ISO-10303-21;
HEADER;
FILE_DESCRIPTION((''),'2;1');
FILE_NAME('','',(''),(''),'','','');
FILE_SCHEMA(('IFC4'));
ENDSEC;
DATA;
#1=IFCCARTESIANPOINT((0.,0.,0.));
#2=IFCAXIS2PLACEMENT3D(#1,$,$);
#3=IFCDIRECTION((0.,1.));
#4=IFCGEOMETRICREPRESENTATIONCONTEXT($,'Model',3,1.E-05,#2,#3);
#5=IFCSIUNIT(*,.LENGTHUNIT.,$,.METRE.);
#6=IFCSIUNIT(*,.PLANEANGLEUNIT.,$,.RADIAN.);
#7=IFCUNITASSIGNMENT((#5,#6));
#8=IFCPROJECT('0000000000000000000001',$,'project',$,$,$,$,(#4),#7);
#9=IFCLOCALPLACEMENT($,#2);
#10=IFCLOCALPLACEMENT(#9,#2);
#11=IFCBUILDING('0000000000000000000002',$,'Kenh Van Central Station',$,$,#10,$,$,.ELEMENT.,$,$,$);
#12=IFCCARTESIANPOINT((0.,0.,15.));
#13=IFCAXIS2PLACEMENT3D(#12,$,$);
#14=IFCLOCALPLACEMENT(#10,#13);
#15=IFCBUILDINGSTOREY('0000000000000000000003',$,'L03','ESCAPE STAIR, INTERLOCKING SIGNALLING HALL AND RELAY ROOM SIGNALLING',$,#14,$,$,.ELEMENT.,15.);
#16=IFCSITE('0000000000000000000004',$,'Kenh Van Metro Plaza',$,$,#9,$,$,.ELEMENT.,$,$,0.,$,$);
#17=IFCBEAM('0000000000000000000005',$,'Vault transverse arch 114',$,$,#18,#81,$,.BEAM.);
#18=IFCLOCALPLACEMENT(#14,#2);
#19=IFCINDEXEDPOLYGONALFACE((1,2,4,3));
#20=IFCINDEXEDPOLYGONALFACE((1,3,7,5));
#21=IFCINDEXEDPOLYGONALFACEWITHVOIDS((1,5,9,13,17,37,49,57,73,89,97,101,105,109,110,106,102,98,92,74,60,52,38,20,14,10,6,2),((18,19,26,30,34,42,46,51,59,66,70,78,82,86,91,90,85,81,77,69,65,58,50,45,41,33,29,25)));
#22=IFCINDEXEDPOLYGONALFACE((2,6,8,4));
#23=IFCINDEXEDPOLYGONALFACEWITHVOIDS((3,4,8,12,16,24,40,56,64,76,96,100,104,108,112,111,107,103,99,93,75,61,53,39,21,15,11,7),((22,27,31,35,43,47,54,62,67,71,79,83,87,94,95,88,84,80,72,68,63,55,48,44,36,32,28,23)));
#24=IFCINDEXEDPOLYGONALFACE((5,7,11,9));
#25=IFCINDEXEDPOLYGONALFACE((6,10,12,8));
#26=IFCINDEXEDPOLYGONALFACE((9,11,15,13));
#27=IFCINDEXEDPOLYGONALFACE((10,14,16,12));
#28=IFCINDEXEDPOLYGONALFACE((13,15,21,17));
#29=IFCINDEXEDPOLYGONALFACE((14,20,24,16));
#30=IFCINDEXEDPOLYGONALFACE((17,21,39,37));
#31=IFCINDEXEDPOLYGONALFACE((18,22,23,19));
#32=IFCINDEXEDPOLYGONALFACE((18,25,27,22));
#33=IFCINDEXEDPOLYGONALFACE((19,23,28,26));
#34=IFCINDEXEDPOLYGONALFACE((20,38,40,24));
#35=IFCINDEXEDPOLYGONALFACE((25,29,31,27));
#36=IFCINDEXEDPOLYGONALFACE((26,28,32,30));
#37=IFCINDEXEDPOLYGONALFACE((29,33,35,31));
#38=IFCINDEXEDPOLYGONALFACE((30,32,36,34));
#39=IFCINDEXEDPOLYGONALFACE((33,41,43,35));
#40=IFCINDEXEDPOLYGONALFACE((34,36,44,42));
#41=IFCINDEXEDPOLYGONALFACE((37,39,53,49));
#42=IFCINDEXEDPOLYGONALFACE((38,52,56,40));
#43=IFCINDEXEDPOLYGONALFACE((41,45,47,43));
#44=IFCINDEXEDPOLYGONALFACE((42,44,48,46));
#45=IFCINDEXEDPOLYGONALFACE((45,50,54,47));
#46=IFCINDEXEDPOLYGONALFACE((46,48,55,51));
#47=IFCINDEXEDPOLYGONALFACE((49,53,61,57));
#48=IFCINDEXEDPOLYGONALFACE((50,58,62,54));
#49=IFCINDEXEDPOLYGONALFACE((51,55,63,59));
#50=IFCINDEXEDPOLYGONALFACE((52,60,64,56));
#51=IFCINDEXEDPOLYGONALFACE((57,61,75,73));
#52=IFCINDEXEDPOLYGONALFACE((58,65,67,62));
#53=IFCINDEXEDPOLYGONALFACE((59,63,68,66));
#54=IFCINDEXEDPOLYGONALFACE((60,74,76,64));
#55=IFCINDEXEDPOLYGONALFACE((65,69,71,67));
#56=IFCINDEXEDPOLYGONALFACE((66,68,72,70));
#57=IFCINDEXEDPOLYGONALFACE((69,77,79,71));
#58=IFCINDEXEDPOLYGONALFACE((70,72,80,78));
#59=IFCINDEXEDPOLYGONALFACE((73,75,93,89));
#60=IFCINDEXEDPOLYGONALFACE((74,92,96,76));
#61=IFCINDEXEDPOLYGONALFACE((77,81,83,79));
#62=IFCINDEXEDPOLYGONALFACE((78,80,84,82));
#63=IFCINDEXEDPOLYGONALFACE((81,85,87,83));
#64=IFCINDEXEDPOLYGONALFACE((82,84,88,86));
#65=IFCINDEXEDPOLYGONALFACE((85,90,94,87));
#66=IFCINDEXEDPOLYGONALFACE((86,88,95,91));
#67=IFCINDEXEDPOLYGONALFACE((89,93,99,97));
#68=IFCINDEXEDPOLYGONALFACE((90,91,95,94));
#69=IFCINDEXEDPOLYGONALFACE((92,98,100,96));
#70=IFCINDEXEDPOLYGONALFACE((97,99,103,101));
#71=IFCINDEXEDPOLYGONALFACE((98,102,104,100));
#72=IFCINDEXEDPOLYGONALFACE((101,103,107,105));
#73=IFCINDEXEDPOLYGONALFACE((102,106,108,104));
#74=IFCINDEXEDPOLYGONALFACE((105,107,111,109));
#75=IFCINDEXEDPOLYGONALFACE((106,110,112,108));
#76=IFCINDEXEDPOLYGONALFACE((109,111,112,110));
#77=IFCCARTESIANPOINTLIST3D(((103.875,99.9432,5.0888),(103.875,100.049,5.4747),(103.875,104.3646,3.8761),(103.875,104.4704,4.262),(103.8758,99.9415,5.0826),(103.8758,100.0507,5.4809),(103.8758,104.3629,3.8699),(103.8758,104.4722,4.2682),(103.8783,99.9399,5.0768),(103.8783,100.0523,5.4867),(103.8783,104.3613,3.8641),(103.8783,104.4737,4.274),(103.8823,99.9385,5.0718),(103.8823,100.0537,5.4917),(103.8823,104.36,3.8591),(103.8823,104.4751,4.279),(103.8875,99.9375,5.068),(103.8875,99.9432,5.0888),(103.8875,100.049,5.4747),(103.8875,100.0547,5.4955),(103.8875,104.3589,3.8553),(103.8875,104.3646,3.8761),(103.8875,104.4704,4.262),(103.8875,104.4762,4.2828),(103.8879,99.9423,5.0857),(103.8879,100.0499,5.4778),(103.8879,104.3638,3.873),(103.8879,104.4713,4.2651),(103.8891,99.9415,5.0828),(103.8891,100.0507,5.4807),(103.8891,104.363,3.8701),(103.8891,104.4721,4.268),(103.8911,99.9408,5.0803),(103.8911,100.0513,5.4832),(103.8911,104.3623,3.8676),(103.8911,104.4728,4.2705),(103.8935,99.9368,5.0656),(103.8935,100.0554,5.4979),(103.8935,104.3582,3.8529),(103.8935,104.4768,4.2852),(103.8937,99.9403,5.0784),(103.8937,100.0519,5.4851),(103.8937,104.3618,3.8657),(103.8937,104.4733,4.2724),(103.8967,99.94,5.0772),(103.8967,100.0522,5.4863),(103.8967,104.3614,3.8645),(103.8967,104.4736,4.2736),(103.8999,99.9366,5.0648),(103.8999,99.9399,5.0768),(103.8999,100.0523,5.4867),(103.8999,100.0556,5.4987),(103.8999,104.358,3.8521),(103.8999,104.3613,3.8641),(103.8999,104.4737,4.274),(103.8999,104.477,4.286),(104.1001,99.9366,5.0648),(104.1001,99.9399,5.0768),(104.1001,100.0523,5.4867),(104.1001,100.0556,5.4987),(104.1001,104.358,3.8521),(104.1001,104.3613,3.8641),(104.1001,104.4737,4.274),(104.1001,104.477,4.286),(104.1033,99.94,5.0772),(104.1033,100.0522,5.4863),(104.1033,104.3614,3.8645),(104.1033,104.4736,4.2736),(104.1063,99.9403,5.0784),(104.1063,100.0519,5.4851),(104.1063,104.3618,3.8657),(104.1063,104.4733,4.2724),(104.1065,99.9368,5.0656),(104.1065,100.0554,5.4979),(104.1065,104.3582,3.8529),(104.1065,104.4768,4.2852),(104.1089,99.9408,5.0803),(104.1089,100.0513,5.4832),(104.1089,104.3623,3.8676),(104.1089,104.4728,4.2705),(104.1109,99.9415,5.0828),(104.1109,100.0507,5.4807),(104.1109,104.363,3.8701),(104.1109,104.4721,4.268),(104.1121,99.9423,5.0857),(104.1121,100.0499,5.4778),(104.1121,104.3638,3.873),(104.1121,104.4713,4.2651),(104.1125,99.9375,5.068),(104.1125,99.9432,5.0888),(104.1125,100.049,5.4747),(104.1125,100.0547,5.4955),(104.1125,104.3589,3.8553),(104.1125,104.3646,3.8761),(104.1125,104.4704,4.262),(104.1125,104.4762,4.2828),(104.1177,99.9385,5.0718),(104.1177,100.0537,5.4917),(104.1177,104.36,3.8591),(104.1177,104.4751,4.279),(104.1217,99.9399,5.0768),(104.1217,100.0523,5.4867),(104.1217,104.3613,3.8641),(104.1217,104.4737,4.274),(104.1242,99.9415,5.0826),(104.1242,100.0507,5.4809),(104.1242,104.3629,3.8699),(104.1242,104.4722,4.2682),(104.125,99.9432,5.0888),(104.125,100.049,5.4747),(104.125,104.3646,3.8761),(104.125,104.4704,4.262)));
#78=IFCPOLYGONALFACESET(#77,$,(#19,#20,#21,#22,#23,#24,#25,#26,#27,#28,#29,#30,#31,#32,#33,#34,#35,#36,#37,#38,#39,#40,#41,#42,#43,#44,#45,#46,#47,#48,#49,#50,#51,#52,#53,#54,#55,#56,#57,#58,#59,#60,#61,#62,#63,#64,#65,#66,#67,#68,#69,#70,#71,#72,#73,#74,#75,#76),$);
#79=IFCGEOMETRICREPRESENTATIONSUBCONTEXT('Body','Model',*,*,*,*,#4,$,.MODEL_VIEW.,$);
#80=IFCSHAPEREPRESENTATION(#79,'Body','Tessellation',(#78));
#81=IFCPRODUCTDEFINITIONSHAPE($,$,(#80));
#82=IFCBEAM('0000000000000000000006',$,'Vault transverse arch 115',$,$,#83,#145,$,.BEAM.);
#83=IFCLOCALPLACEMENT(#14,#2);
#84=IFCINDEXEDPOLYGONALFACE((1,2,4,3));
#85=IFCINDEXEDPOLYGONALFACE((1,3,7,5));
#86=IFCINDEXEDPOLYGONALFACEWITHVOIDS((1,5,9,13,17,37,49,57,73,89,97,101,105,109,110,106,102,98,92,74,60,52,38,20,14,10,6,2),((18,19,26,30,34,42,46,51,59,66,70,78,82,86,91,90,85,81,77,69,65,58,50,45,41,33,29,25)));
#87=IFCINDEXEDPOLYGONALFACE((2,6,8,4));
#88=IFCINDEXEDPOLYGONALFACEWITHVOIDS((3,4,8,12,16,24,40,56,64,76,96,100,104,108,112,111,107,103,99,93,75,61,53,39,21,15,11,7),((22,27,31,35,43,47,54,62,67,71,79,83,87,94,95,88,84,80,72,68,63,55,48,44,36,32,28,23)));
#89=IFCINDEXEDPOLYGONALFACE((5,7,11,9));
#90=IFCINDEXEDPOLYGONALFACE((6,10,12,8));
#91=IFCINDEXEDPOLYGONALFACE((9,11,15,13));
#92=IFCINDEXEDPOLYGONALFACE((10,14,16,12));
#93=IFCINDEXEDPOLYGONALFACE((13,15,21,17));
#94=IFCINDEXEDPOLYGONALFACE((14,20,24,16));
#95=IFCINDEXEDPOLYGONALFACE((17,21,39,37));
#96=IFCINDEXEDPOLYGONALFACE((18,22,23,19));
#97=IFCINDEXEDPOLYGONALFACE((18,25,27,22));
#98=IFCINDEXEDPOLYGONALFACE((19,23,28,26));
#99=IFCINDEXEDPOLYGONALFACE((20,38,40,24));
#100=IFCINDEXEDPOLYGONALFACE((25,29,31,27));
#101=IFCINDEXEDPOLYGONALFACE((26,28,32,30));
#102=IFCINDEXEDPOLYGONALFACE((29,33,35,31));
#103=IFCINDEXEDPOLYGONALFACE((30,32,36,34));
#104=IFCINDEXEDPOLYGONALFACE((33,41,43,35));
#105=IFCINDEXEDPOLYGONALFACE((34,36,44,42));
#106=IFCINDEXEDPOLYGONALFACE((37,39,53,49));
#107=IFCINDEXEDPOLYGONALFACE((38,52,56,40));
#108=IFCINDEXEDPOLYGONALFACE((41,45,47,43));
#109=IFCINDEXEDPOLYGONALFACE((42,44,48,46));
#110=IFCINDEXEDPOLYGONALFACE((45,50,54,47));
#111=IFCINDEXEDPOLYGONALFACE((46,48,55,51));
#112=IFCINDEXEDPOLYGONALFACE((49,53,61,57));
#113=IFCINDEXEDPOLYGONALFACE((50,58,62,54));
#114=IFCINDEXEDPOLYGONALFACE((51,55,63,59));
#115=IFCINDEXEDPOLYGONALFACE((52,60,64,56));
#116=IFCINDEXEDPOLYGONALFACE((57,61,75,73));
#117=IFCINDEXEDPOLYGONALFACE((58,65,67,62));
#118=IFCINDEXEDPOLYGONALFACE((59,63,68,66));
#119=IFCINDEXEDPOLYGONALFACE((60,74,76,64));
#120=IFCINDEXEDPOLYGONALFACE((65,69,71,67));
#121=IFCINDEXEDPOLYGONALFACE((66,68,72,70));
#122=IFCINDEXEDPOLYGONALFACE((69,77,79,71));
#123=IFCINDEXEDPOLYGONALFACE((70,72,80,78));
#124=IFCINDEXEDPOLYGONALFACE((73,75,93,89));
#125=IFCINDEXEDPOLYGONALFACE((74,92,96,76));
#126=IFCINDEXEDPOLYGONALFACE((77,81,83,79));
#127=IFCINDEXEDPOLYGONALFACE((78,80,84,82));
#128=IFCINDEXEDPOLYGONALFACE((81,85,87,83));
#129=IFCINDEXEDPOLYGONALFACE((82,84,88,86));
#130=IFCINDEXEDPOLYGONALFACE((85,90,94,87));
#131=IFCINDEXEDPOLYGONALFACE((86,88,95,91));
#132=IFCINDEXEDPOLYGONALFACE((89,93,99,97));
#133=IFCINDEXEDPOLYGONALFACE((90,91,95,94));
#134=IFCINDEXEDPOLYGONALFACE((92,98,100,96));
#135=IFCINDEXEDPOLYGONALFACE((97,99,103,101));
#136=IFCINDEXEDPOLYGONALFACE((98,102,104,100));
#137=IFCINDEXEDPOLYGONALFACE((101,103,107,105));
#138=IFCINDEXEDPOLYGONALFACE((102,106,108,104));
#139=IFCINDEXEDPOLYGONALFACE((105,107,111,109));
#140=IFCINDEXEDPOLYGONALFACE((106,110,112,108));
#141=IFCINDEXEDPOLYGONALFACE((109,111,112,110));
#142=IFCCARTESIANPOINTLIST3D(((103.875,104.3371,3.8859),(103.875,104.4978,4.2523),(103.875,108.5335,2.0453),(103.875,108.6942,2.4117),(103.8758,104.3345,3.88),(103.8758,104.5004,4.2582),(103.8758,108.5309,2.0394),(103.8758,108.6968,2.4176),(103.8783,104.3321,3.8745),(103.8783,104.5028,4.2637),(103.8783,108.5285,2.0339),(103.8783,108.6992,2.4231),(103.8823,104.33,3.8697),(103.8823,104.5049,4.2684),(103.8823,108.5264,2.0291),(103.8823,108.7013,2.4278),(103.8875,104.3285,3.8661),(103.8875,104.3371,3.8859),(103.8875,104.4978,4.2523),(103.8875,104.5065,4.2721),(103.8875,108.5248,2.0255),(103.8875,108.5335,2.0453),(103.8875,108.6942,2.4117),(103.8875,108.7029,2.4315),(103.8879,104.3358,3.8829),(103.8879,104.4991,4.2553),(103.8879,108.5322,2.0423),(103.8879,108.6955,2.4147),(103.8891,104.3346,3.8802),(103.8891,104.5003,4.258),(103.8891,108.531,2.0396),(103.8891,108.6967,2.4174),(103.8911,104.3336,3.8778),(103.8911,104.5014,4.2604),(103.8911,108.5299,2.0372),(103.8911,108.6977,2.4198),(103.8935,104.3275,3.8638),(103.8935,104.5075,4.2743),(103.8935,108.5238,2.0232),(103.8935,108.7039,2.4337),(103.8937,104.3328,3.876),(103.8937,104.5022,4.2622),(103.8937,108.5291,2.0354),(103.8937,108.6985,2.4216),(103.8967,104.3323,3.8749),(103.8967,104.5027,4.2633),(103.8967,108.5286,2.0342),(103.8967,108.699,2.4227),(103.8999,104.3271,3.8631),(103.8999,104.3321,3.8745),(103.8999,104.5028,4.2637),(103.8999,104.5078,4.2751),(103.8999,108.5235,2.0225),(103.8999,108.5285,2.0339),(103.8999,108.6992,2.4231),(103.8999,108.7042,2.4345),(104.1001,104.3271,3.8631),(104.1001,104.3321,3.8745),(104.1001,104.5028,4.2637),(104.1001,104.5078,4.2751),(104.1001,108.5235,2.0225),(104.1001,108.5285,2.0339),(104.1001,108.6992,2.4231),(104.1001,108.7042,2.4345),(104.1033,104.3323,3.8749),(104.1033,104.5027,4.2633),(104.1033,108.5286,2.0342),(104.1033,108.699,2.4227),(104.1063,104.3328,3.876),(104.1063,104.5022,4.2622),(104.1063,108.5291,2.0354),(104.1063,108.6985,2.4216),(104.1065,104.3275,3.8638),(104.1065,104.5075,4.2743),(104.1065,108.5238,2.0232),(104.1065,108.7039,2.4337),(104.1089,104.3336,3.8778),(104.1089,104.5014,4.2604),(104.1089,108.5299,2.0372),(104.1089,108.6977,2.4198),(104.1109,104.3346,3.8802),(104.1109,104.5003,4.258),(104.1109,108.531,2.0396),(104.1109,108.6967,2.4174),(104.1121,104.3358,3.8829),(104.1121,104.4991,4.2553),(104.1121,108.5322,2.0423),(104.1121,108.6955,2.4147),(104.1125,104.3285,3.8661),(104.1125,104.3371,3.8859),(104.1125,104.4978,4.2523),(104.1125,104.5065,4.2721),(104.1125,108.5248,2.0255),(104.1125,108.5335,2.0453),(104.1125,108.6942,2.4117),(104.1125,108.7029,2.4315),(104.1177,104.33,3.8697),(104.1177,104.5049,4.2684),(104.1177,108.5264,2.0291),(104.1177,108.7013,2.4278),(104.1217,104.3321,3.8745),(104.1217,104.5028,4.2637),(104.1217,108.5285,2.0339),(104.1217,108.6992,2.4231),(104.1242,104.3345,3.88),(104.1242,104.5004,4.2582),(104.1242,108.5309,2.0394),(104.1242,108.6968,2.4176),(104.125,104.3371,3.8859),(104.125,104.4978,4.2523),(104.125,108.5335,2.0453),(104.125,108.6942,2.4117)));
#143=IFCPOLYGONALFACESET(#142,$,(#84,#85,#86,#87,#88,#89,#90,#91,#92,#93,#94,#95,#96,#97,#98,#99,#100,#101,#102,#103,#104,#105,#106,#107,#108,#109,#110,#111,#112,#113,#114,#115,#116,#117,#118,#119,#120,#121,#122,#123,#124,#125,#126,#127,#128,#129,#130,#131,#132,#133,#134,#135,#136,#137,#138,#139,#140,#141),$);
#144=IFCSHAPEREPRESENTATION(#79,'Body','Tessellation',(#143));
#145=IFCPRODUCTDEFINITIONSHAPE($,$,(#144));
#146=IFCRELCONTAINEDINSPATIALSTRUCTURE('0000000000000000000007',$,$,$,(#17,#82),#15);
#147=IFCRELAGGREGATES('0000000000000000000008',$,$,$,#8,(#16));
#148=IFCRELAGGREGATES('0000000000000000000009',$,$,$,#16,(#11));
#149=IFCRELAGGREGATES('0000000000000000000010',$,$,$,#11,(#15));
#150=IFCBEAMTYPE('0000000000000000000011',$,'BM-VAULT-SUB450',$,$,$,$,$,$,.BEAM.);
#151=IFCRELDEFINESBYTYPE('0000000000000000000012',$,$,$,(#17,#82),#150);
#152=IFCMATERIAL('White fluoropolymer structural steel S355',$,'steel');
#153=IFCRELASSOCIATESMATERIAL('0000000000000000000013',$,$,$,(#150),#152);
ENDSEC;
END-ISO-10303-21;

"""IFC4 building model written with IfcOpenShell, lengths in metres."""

from ifc_helpers import new_model, si_unit, direction, frame, origin, origin_2d, place, context, subcontext, project, spatial, hollow_rectangle, extrude, material, material_profile, profile_set, type_object, element, save


model = new_model("IFC4")

# Units and contexts
model_context = context("Model", 3, precision=1e-05, world=origin(), true_north=direction((0.0, 1.0)))
body_context = subcontext(model_context, "Body", "Model", "MODEL_VIEW")
ifc_project = project(units=[si_unit("LENGTHUNIT", "METRE"), si_unit("PLANEANGLEUNIT", "RADIAN")], contexts=[model_context])

# Site, building, storey
site_placement = place(None, origin())
site = spatial("IfcSite", under=ifc_project, at=site_placement, Name="Kenh Van Metro Plaza", CompositionType="ELEMENT", RefElevation=0.0)
building_placement = place(site_placement, origin())
building = spatial("IfcBuilding", under=site, at=building_placement, Name="Kenh Van Central Station", CompositionType="ELEMENT")
storey_placement = place(building_placement, frame((0.0, 0.0, 15.0)))
storey = spatial("IfcBuildingStorey", under=building, at=storey_placement, Name="L03", Description="ESCAPE STAIR, INTERLOCKING SIGNALLING HALL AND RELAY ROOM SIGNALLING", CompositionType="ELEMENT", Elevation=15.0)

# Beams
ifc_material_1 = material(Name="White fluoropolymer structural steel S355", Category="steel")
ifc_material_profile_1 = material_profile(ifc_material_1, hollow_rectangle(XDim=0.25, YDim=0.45, WallThickness=0.0125, InnerFilletRadius=0.0125, OuterFilletRadius=0.0249, at=origin_2d()), Name="RHS 450x250x12.5")
ifc_profile_set_1 = profile_set([ifc_material_profile_1], Name="White fluoropolymer structural steel S355")
beam_type_1 = type_object("IfcBeamType", Name="BM-VAULT-SUB450", PredefinedType="BEAM", material=ifc_profile_set_1)
beam_1_placement = place(storey_placement, frame((104.0, 99.9961, 5.2817), z_axis=(0.0, 0.964386, -0.2645), x_axis=(-1.0, 0.0, 0.0)))
element("IfcBeam", 1, at=beam_1_placement, inside=storey, type_object=beam_type_1, Name="Vault transverse arch 114", PredefinedType="BEAM", context=body_context, shape_type="SweptSolid", body=[
    extrude(hollow_rectangle(XDim=0.25, YDim=0.45, WallThickness=0.0125, InnerFilletRadius=0.0125, OuterFilletRadius=0.0249, at=origin_2d()), origin(), (0.0, 0.0, 1.0), 4.5847),
])
beam_2_placement = place(storey_placement, frame((104.0, 104.4175, 4.0691), z_axis=(0.0, 0.91578, -0.40168), x_axis=(-1.0, 0.0, 0.0)))
element("IfcBeam", 2, at=beam_2_placement, inside=storey, type_object=beam_type_1, Name="Vault transverse arch 115", PredefinedType="BEAM", context=body_context, shape_type="SweptSolid", body=[
    extrude(hollow_rectangle(XDim=0.25, YDim=0.45, WallThickness=0.0125, InnerFilletRadius=0.0125, OuterFilletRadius=0.0249, at=origin_2d()), origin(), (0.0, 0.0, 1.0), 4.5823),
])

save(model, "model.ifc")
